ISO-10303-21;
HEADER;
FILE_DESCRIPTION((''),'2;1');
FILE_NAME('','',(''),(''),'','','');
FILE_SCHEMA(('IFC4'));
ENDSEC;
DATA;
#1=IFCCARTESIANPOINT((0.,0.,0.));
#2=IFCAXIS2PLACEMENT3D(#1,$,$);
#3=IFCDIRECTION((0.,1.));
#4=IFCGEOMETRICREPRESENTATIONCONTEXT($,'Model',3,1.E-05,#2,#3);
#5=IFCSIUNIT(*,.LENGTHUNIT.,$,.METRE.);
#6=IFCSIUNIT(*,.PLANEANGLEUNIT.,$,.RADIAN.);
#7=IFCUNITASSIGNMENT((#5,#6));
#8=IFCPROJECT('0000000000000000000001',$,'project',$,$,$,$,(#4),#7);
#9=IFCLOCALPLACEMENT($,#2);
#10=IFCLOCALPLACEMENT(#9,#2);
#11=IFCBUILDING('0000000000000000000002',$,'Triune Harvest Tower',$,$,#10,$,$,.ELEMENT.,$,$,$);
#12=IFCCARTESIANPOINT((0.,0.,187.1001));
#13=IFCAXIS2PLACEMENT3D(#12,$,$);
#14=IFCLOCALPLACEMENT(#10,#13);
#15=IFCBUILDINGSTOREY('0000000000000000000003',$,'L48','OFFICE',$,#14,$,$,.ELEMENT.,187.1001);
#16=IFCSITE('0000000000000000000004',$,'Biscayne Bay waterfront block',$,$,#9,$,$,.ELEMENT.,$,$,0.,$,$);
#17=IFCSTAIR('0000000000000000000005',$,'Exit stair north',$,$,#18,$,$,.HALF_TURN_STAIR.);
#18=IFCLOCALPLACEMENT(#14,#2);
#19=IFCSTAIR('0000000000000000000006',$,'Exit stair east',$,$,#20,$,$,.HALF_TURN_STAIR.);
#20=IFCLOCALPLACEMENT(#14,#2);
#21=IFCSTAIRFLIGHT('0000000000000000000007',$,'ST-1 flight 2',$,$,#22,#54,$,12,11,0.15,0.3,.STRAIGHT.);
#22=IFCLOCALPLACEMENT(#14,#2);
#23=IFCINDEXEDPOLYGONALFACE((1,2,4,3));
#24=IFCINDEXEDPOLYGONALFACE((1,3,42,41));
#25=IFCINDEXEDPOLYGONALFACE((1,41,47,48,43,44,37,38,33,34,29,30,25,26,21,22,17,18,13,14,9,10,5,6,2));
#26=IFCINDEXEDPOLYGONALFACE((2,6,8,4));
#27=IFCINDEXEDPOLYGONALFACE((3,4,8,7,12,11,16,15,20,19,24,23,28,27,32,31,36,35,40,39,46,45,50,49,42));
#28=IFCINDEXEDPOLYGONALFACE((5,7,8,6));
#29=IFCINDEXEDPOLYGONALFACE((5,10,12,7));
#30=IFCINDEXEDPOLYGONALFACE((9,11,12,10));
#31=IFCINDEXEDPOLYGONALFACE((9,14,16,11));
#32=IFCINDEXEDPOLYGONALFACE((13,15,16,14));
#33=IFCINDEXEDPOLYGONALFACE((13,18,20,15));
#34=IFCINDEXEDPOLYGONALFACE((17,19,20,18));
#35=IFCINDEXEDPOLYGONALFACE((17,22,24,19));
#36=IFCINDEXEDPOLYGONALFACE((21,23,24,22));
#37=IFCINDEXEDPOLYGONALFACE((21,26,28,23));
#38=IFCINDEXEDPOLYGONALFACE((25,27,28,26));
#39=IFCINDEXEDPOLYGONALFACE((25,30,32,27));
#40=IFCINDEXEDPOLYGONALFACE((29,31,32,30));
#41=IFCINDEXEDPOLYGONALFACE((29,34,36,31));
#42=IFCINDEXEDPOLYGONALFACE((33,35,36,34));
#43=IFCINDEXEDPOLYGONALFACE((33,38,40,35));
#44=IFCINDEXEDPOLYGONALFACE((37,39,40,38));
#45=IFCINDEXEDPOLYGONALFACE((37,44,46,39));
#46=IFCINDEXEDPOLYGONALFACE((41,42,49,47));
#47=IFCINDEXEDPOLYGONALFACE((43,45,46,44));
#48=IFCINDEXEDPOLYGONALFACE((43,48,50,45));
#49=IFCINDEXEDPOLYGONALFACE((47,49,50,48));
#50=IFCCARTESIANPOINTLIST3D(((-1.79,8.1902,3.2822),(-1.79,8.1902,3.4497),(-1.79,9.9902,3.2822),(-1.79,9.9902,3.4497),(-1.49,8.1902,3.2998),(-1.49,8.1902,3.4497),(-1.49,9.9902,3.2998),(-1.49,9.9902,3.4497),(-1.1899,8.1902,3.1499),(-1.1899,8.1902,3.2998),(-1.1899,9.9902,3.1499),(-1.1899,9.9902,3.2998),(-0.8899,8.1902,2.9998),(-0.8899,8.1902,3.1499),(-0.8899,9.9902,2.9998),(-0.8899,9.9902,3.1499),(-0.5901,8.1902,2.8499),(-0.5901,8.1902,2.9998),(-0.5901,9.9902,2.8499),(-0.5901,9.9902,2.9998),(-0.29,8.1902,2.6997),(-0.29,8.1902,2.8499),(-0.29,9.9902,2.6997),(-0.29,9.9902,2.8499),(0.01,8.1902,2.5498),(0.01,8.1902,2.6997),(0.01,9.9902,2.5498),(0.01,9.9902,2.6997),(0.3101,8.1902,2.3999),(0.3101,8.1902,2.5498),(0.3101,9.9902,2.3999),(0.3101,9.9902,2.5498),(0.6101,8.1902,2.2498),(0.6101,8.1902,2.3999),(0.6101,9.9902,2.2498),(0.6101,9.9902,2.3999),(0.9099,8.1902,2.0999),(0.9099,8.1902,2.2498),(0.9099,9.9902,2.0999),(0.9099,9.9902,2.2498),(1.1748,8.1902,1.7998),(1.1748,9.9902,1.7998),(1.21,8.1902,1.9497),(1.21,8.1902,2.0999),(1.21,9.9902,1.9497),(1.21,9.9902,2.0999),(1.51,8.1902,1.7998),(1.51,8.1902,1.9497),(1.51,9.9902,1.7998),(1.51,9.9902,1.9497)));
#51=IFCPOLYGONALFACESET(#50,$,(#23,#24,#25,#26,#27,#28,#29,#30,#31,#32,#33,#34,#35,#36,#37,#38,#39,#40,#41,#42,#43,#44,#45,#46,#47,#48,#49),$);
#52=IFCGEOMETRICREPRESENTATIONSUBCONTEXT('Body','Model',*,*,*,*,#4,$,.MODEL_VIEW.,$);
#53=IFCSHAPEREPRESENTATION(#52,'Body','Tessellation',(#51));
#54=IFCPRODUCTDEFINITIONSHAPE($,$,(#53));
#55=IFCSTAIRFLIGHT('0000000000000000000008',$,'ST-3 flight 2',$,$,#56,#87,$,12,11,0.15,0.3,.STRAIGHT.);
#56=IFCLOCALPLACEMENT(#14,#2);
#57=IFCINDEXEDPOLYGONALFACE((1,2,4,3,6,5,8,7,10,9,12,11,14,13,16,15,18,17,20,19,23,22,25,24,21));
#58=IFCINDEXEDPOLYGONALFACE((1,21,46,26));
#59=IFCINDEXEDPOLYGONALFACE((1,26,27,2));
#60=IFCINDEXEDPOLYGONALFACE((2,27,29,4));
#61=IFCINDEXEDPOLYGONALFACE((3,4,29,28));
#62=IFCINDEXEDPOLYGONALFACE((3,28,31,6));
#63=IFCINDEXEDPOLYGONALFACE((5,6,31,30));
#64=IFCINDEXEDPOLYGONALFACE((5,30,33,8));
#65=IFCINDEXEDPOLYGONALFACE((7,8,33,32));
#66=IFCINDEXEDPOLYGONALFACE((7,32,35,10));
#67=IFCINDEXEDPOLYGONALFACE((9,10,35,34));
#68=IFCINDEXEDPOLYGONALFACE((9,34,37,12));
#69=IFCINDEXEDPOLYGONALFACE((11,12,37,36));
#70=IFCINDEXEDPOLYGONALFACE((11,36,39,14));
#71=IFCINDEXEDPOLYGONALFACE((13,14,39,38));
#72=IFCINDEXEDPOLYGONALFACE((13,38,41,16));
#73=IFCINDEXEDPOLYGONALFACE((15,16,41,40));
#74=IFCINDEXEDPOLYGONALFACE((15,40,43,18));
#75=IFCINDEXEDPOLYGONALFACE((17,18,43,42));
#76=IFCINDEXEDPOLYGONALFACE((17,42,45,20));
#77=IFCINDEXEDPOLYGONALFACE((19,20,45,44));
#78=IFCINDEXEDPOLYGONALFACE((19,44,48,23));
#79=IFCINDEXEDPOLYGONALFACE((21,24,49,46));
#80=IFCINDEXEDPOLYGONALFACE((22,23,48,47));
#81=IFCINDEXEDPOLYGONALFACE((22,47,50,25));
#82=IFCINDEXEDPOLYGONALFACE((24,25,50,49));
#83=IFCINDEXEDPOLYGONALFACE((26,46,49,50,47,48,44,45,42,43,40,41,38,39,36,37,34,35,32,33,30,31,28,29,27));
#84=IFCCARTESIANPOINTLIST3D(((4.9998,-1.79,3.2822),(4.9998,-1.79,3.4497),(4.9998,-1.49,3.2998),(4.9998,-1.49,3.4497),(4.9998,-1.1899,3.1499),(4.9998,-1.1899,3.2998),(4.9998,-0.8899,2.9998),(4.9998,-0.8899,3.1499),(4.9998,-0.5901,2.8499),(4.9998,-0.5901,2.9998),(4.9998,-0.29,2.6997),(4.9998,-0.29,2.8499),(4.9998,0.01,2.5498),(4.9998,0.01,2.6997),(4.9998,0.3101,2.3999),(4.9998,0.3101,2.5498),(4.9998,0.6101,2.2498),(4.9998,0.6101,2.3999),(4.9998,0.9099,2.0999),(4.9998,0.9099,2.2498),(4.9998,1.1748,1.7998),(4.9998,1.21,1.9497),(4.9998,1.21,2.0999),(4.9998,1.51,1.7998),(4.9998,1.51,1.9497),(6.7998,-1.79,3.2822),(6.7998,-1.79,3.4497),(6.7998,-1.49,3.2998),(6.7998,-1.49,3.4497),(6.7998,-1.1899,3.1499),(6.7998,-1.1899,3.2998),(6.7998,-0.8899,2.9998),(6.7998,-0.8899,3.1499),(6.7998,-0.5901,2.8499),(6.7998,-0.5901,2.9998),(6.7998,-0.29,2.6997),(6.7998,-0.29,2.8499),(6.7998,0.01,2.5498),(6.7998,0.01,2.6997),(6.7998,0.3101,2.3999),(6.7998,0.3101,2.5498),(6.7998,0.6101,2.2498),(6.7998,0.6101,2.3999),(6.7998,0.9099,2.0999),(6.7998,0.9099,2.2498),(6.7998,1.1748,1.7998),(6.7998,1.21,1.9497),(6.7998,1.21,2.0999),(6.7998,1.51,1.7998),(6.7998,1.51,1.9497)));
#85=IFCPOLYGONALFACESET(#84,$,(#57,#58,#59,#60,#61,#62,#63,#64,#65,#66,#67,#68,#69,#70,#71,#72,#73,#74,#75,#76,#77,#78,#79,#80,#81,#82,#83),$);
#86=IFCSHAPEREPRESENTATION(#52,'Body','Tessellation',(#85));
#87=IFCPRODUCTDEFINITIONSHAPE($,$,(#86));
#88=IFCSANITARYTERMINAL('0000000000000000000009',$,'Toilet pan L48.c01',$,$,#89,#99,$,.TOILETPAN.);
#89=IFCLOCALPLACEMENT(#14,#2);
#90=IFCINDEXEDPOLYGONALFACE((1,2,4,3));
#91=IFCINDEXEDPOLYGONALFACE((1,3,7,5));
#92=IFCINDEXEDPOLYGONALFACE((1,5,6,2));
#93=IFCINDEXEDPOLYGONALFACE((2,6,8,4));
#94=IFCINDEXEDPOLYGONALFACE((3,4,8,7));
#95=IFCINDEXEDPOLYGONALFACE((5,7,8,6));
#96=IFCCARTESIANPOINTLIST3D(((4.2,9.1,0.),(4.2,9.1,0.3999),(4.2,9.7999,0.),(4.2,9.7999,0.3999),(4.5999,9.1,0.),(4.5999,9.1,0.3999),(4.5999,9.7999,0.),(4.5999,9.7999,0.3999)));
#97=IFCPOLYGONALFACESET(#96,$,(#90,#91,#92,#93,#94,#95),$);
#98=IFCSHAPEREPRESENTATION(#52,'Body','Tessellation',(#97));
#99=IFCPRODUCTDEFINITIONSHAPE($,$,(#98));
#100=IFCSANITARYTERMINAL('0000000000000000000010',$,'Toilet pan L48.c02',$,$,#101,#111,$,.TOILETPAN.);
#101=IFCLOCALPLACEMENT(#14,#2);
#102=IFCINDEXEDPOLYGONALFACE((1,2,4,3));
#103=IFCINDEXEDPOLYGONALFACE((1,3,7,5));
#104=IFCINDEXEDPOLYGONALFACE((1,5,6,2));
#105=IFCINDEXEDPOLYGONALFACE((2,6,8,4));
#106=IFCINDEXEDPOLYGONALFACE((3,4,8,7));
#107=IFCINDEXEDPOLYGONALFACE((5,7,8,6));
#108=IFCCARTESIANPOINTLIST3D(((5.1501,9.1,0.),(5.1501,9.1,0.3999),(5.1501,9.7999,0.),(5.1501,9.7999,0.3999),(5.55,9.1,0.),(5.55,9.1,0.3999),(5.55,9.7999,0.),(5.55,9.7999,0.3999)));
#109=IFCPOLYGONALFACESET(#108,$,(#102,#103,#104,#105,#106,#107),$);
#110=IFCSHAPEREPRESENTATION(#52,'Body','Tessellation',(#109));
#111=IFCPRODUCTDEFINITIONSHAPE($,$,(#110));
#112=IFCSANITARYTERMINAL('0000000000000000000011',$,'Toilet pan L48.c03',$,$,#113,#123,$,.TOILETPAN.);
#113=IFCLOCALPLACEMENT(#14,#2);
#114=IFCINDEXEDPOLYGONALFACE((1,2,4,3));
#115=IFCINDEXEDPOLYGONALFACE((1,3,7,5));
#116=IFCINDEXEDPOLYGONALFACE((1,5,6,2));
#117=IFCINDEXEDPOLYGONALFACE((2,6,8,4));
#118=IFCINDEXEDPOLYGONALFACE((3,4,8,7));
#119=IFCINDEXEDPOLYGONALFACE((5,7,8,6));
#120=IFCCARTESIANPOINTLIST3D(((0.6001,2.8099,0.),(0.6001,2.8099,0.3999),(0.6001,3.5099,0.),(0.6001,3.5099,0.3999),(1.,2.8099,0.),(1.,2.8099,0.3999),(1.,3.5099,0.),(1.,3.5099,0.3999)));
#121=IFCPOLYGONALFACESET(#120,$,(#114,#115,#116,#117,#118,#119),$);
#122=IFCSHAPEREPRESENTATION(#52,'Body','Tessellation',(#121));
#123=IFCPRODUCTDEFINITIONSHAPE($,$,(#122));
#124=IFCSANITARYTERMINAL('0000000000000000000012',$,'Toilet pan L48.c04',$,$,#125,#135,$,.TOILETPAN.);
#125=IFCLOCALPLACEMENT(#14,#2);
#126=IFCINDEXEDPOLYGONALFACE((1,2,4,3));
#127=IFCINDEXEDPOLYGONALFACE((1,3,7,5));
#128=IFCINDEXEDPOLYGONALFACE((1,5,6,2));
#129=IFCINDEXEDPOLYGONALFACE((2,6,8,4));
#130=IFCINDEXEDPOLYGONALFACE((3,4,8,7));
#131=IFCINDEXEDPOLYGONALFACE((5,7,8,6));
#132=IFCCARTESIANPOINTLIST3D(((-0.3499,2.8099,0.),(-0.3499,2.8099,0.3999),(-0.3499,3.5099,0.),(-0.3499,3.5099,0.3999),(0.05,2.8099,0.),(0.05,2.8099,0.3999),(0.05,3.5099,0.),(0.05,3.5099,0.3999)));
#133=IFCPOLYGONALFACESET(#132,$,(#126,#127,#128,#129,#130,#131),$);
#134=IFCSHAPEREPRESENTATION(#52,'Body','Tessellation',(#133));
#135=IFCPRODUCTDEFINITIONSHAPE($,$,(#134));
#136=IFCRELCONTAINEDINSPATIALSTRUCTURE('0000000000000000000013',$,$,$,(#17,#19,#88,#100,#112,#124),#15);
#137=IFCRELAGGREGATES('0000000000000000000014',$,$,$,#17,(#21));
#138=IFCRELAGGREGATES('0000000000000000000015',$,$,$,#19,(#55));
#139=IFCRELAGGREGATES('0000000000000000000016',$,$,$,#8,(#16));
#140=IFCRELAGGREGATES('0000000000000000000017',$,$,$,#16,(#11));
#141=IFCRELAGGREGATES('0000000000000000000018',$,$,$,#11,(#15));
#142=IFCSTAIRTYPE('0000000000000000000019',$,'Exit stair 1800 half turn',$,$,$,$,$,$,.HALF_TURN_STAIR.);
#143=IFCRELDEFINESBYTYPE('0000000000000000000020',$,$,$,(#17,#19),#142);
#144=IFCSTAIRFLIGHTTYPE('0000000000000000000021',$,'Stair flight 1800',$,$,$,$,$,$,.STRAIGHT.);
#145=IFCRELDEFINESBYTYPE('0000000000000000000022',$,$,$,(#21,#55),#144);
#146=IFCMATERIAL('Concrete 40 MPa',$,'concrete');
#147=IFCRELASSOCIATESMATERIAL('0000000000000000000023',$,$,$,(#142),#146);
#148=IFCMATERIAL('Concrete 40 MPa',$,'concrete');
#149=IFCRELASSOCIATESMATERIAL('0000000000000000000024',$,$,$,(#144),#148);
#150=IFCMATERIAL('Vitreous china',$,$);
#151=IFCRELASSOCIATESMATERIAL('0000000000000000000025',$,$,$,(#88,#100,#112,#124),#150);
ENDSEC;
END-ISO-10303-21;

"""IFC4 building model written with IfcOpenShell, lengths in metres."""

from ifc_helpers import new_model, si_unit, direction, frame, origin, origin_2d, place, context, subcontext, project, spatial, polyline, rectangle, outline, extrude, source, transform, mapped, material, type_object, element, aggregate, save


model = new_model("IFC4")

# Units and contexts
model_context = context("Model", 3, precision=1e-05, world=origin(), true_north=direction((0.0, 1.0)))
body_context = subcontext(model_context, "Body", "Model", "MODEL_VIEW")
ifc_project = project(units=[si_unit("LENGTHUNIT", "METRE"), si_unit("PLANEANGLEUNIT", "RADIAN")], contexts=[model_context])

# Site, building, storey
site_placement = place(None, origin())
site = spatial("IfcSite", under=ifc_project, at=site_placement, Name="Biscayne Bay waterfront block", CompositionType="ELEMENT", RefElevation=0.0)
building_placement = place(site_placement, origin())
building = spatial("IfcBuilding", under=site, at=building_placement, Name="Triune Harvest Tower", CompositionType="ELEMENT")
storey_placement = place(building_placement, frame((0.0, 0.0, 187.1001)))
storey = spatial("IfcBuildingStorey", under=building, at=storey_placement, Name="L48", Description="OFFICE", CompositionType="ELEMENT", Elevation=187.1001)

# Stairs
ifc_material_1 = material(Name="Concrete 40 MPa", Category="concrete")
stair_type = type_object("IfcStairType", Name="Exit stair 1800 half turn", PredefinedType="HALF_TURN_STAIR", material=ifc_material_1)
stair_1_placement = place(storey_placement, origin())
stair_1 = element("IfcStair", 1, at=stair_1_placement, inside=storey, type_object=stair_type, Name="Exit stair north", PredefinedType="HALF_TURN_STAIR")
stair_2_placement = place(storey_placement, origin())
stair_2 = element("IfcStair", 2, at=stair_2_placement, inside=storey, type_object=stair_type, Name="Exit stair east", PredefinedType="HALF_TURN_STAIR")

# Stair flights
ifc_material_2 = material(Name="Concrete 40 MPa", Category="concrete")
stair_flight_type = type_object("IfcStairFlightType", Name="Stair flight 1800", PredefinedType="STRAIGHT", material=ifc_material_2)
shared_shape_1 = source(origin(), body_context, "Body", "SweptSolid", [
    extrude(outline(polyline([(0.0, 0.0), (0.0, 0.1499), (0.3, 0.1499), (0.3, 0.3), (0.6001, 0.3), (0.6001, 0.45), (0.8999, 0.45), (0.8999, 0.6001), (1.2, 0.6001), (1.2, 0.75), (1.5, 0.75), (1.5, 0.8999), (1.8, 0.8999), (1.8, 1.05), (2.1001, 1.05), (2.1001, 1.2), (2.3999, 1.2), (2.3999, 1.3501), (2.7, 1.3501), (2.7, 1.5), (3.0, 1.5), (3.0, 1.6499), (3.3, 1.6499), (3.3, 1.8), (3.3, 1.4824), (0.3352, 0.0), (0.0, 0.0)])), frame((0.0, 0.8999, 0.0), z_axis=(0.0, -1.0, 0.0), x_axis=(1.0, 0.0, 0.0)), (0.0, 0.0, 1.0), 1.8),
])
stair_flight_1_placement = place(storey_placement, frame((1.51, 9.0901, 1.7998), z_axis=(0.0, 0.0, 1.0), x_axis=(-1.0, 0.0, 0.0)))
stair_flight_1 = element("IfcStairFlight", 3, at=stair_flight_1_placement, type_object=stair_flight_type, Name="ST-1 flight 2", NumberOfRisers=12, NumberOfTreads=11, PredefinedType="STRAIGHT", RiserHeight=0.15, TreadLength=0.3, context=body_context, shape_type="MappedRepresentation", body=[
    mapped(shared_shape_1, transform((0.0, 0.0, 0.0), scale=1.0)),
])
aggregate(stair_1, [stair_flight_1])
stair_flight_2_placement = place(storey_placement, frame((5.8999, 1.51, 1.7998), z_axis=(0.0, 0.0, 1.0), x_axis=(0.0, -1.0, 0.0)))
stair_flight_2 = element("IfcStairFlight", 4, at=stair_flight_2_placement, type_object=stair_flight_type, Name="ST-3 flight 2", NumberOfRisers=12, NumberOfTreads=11, PredefinedType="STRAIGHT", RiserHeight=0.15, TreadLength=0.3, context=body_context, shape_type="MappedRepresentation", body=[
    mapped(shared_shape_1, transform((0.0, 0.0, 0.0), scale=1.0)),
])
aggregate(stair_2, [stair_flight_2])

# Sanitary terminals
ifc_material_3 = material(Name="Vitreous china")
shared_shape_2 = source(origin(), body_context, "Body", "SweptSolid", [
    extrude(rectangle(XDim=0.3999, YDim=0.7, at=origin_2d()), origin(), (0.0, 0.0, 1.0), 0.3999),
])
for number, where, z_axis, x_axis, name in (
    (5, (4.3999, 9.45, 0.0), (0.0, 0.0, 1.0), (1.0, 0.0, 0.0), "Toilet pan L48.c01"),
    (6, (5.3501, 9.45, 0.0), (0.0, 0.0, 1.0), (1.0, 0.0, 0.0), "Toilet pan L48.c02"),
    (7, (0.8, 3.1599, 0.0), (0.0, 0.0, 1.0), (-1.0, 0.0, 0.0), "Toilet pan L48.c03"),
    (8, (-0.1499, 3.1599, 0.0), (0.0, 0.0, 1.0), (-1.0, 0.0, 0.0), "Toilet pan L48.c04"),
):
    element("IfcSanitaryTerminal", number, at=place(storey_placement, frame(where, z_axis=z_axis, x_axis=x_axis)), inside=storey, material=ifc_material_3, Name=name, PredefinedType="TOILETPAN", context=body_context, shape_type="MappedRepresentation", body=[
        mapped(shared_shape_2, transform((0.0, 0.0, 0.0), scale=1.0)),
    ])

save(model, "model.ifc")
